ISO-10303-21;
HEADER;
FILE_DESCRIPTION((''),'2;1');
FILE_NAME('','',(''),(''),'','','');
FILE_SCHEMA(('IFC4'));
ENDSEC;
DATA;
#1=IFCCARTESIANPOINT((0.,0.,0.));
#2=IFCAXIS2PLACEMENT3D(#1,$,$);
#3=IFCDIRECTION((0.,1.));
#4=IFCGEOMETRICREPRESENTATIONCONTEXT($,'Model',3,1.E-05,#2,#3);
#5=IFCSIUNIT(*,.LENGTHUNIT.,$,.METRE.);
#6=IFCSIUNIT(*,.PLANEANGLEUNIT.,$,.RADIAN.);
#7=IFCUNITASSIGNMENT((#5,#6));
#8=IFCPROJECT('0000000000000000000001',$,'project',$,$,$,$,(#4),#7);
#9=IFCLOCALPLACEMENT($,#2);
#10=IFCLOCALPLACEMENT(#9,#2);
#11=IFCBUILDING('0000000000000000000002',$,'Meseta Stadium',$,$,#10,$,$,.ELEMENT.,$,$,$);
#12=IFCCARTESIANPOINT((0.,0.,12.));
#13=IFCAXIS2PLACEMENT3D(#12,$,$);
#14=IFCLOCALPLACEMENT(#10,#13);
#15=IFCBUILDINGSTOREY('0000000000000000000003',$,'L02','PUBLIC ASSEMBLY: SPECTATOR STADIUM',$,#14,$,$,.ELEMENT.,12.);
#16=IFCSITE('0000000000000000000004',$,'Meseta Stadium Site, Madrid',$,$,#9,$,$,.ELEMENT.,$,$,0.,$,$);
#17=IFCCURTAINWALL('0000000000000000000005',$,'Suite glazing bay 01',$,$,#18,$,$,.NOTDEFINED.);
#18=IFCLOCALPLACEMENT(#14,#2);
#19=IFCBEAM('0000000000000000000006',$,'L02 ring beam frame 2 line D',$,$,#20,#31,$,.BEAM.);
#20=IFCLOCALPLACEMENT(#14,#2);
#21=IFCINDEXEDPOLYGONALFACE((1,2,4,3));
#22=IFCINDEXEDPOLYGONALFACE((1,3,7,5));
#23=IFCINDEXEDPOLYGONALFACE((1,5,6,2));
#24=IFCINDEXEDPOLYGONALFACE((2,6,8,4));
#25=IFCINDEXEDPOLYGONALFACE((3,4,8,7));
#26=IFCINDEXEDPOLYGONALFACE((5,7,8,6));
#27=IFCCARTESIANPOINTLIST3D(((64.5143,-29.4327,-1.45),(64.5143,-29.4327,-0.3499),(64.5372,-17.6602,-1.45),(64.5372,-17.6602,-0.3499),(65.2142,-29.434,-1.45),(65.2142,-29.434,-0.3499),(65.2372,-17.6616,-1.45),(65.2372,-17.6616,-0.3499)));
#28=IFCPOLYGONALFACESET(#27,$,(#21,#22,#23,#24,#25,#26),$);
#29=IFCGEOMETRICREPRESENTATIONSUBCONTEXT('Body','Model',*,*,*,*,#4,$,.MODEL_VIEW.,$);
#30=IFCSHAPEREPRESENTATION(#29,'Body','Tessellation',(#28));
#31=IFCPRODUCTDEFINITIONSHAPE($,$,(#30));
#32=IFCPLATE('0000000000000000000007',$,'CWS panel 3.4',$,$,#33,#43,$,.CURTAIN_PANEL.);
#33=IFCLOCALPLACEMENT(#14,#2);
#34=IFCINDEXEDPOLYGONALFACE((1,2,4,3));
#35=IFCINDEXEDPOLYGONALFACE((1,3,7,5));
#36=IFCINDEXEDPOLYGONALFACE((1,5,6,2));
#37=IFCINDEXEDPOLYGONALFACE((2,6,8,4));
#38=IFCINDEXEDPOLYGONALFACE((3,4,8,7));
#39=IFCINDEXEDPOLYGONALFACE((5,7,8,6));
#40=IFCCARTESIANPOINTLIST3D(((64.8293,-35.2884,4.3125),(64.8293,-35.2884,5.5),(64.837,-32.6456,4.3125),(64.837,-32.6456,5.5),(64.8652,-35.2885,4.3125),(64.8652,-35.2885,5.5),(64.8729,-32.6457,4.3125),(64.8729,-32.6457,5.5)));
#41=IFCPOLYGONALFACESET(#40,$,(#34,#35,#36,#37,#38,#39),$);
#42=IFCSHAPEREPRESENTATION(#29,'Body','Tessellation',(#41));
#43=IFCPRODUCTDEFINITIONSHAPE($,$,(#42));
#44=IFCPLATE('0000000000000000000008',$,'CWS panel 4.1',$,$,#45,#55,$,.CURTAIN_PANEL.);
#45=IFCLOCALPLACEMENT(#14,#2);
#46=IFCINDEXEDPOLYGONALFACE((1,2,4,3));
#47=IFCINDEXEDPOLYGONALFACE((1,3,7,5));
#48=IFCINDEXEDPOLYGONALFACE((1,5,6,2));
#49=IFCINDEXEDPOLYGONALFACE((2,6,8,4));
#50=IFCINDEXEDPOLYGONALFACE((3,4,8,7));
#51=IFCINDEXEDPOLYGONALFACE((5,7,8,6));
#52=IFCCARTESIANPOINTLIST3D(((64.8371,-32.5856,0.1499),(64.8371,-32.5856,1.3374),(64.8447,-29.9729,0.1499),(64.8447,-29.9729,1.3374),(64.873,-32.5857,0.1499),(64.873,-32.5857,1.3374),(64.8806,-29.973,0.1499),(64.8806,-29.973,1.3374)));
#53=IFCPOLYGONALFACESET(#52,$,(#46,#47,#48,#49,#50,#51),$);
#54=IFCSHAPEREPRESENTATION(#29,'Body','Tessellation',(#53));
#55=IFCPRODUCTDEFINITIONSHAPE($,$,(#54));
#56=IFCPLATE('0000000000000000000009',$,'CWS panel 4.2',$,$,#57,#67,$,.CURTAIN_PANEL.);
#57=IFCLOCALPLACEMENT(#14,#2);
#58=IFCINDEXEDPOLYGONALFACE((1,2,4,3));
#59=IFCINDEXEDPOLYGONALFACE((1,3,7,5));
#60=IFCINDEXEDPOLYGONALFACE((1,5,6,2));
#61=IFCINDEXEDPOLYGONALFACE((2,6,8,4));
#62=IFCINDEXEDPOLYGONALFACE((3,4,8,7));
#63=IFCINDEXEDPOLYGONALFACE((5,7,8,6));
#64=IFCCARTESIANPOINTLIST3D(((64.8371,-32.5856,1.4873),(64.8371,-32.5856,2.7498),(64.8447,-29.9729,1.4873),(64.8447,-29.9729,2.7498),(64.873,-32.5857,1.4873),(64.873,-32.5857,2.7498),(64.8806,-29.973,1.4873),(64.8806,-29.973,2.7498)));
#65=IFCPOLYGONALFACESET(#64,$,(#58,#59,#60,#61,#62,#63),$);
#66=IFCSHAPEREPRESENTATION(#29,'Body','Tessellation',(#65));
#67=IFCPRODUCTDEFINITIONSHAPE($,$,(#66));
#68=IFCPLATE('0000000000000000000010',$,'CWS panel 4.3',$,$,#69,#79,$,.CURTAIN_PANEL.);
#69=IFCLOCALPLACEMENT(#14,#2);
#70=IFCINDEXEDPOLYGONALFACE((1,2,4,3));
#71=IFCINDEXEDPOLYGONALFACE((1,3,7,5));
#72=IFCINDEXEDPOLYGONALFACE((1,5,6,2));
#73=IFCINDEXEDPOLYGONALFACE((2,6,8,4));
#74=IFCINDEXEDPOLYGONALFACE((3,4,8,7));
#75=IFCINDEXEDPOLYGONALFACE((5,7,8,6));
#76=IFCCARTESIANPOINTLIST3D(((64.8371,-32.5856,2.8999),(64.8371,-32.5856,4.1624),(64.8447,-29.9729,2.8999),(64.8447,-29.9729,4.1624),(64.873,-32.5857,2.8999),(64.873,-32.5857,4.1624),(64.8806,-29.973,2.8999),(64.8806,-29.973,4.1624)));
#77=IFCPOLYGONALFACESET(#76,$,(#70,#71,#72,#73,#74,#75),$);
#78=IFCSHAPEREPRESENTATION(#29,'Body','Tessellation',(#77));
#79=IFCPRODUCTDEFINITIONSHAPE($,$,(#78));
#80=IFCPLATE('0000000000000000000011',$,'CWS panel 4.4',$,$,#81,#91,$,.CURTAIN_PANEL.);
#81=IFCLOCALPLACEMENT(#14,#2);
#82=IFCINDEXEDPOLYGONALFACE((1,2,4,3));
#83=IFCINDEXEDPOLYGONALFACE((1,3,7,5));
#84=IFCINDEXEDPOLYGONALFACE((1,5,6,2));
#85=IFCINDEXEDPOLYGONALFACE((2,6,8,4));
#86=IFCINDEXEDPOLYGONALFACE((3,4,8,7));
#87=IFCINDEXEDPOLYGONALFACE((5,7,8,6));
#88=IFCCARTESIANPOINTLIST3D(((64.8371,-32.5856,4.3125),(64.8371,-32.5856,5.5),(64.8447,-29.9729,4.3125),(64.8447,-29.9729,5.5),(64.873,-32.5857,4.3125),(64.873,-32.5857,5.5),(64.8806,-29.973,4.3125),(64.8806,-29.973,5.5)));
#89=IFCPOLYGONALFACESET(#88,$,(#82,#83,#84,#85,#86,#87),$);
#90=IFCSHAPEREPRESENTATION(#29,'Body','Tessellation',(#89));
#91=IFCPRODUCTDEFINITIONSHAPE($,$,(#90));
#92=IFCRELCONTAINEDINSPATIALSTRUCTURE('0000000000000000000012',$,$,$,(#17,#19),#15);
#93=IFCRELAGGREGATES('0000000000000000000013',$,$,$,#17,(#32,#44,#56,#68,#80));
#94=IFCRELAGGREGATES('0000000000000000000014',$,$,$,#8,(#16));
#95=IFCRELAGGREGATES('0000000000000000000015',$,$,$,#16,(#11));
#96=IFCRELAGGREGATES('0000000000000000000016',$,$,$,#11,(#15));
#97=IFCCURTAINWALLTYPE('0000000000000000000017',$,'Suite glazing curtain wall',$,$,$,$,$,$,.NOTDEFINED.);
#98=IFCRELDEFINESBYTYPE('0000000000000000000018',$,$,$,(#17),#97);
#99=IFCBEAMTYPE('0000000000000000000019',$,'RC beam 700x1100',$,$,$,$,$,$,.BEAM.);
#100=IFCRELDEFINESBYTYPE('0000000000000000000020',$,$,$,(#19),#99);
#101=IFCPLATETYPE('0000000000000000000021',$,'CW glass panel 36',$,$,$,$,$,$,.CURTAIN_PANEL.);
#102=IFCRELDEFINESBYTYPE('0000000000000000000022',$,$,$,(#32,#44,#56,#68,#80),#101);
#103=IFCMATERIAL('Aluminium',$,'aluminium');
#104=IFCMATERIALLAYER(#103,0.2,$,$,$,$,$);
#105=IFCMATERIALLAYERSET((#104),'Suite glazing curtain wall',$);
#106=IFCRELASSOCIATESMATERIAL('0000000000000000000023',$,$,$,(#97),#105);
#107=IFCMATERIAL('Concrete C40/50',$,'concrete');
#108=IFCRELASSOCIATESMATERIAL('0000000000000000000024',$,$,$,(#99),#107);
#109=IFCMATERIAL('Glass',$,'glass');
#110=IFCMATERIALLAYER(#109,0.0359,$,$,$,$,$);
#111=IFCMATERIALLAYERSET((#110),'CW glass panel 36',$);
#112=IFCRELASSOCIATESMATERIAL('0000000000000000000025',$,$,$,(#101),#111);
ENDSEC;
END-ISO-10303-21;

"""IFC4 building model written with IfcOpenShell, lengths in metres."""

from ifc_helpers import new_model, si_unit, direction, frame, origin, origin_2d, place, context, subcontext, project, spatial, rectangle, extrude, material, layer, layer_set, material_profile, profile_set, type_object, element, aggregate, save


model = new_model("IFC4")

# Units and contexts
model_context = context("Model", 3, precision=1e-05, world=origin(), true_north=direction((0.0, 1.0)))
body_context = subcontext(model_context, "Body", "Model", "MODEL_VIEW")
ifc_project = project(units=[si_unit("LENGTHUNIT", "METRE"), si_unit("PLANEANGLEUNIT", "RADIAN")], contexts=[model_context])

# Site, building, storey
site_placement = place(None, origin())
site = spatial("IfcSite", under=ifc_project, at=site_placement, Name="Meseta Stadium Site, Madrid", CompositionType="ELEMENT", RefElevation=0.0)
building_placement = place(site_placement, origin())
building = spatial("IfcBuilding", under=site, at=building_placement, Name="Meseta Stadium", CompositionType="ELEMENT")
storey_placement = place(building_placement, frame((0.0, 0.0, 12.0)))
storey = spatial("IfcBuildingStorey", under=building, at=storey_placement, Name="L02", Description="PUBLIC ASSEMBLY: SPECTATOR STADIUM", CompositionType="ELEMENT", Elevation=12.0)

# Curtain wall
ifc_material_1 = material(Name="Aluminium", Category="aluminium")
ifc_layer_1 = layer(ifc_material_1, 0.2)
ifc_layer_set_1 = layer_set([ifc_layer_1], Name="Suite glazing curtain wall")
curtain_wall_type = type_object("IfcCurtainWallType", Name="Suite glazing curtain wall", PredefinedType="NOTDEFINED", material=ifc_layer_set_1)
curtain_wall_1_placement = place(storey_placement, origin())
curtain_wall_1 = element("IfcCurtainWall", 1, at=curtain_wall_1_placement, inside=storey, type_object=curtain_wall_type, Name="Suite glazing bay 01", PredefinedType="NOTDEFINED")

# Beam
ifc_material_2 = material(Name="Concrete C40/50", Category="concrete")
ifc_material_profile_1 = material_profile(ifc_material_2, rectangle(XDim=0.7, YDim=1.1001, at=origin_2d()), Name="RC 700x1100")
ifc_profile_set_1 = profile_set([ifc_material_profile_1], Name="Concrete C40/50")
beam_type_1 = type_object("IfcBeamType", Name="RC beam 700x1100", PredefinedType="BEAM", material=ifc_profile_set_1)
beam_1_placement = place(storey_placement, frame((64.8643, -29.4333, -0.8999), z_axis=(0.001949, 0.999998, 0.0), x_axis=(-0.999998, 0.001949, 0.0)))
element("IfcBeam", 2, at=beam_1_placement, inside=storey, type_object=beam_type_1, Name="L02 ring beam frame 2 line D", PredefinedType="BEAM", context=body_context, shape_type="SweptSolid", body=[
    extrude(rectangle(XDim=0.7, YDim=1.1001, at=origin_2d()), origin(), (0.0, 0.0, 1.0), 11.7725),
])

# Plates
ifc_material_3 = material(Name="Glass", Category="glass")
ifc_layer_2 = layer(ifc_material_3, 0.0359)
ifc_layer_set_2 = layer_set([ifc_layer_2], Name="CW glass panel 36")
plate_type = type_object("IfcPlateType", Name="CW glass panel 36", PredefinedType="CURTAIN_PANEL", material=ifc_layer_set_2)
plate_1_placement = place(storey_placement, frame((64.8511, -33.967, 4.3125), z_axis=(0.0, 0.0, 1.0), x_axis=(0.00291, 0.999996, 0.0)))
plate_1 = element("IfcPlate", 3, at=plate_1_placement, type_object=plate_type, Name="CWS panel 3.4", PredefinedType="CURTAIN_PANEL", context=body_context, shape_type="SweptSolid", body=[
    extrude(rectangle(XDim=2.6428, YDim=0.0359, at=origin_2d()), origin(), (0.0, 0.0, 1.0), 1.1875),
])
plate_2_placement = place(storey_placement, frame((64.8589, -31.2793, 0.1499), z_axis=(0.0, 0.0, 1.0), x_axis=(0.00291, 0.999996, 0.0)))
plate_2 = element("IfcPlate", 4, at=plate_2_placement, type_object=plate_type, Name="CWS panel 4.1", PredefinedType="CURTAIN_PANEL", context=body_context, shape_type="SweptSolid", body=[
    extrude(rectangle(XDim=2.6128, YDim=0.0359, at=origin_2d()), origin(), (0.0, 0.0, 1.0), 1.1875),
])
plate_3_placement = place(storey_placement, frame((64.8589, -31.2793, 1.4873), z_axis=(0.0, 0.0, 1.0), x_axis=(0.00291, 0.999996, 0.0)))
plate_3 = element("IfcPlate", 5, at=plate_3_placement, type_object=plate_type, Name="CWS panel 4.2", PredefinedType="CURTAIN_PANEL", context=body_context, shape_type="SweptSolid", body=[
    extrude(rectangle(XDim=2.6128, YDim=0.0359, at=origin_2d()), origin(), (0.0, 0.0, 1.0), 1.2625),
])
plate_4_placement = place(storey_placement, frame((64.8589, -31.2793, 2.8999), z_axis=(0.0, 0.0, 1.0), x_axis=(0.00291, 0.999996, 0.0)))
plate_4 = element("IfcPlate", 6, at=plate_4_placement, type_object=plate_type, Name="CWS panel 4.3", PredefinedType="CURTAIN_PANEL", context=body_context, shape_type="SweptSolid", body=[
    extrude(rectangle(XDim=2.6128, YDim=0.0359, at=origin_2d()), origin(), (0.0, 0.0, 1.0), 1.2625),
])
plate_5_placement = place(storey_placement, frame((64.8589, -31.2793, 4.3125), z_axis=(0.0, 0.0, 1.0), x_axis=(0.00291, 0.999996, 0.0)))
plate_5 = element("IfcPlate", 7, at=plate_5_placement, type_object=plate_type, Name="CWS panel 4.4", PredefinedType="CURTAIN_PANEL", context=body_context, shape_type="SweptSolid", body=[
    extrude(rectangle(XDim=2.6128, YDim=0.0359, at=origin_2d()), origin(), (0.0, 0.0, 1.0), 1.1875),
])
aggregate(curtain_wall_1, [plate_1, plate_2, plate_3, plate_4, plate_5])

save(model, "model.ifc")
